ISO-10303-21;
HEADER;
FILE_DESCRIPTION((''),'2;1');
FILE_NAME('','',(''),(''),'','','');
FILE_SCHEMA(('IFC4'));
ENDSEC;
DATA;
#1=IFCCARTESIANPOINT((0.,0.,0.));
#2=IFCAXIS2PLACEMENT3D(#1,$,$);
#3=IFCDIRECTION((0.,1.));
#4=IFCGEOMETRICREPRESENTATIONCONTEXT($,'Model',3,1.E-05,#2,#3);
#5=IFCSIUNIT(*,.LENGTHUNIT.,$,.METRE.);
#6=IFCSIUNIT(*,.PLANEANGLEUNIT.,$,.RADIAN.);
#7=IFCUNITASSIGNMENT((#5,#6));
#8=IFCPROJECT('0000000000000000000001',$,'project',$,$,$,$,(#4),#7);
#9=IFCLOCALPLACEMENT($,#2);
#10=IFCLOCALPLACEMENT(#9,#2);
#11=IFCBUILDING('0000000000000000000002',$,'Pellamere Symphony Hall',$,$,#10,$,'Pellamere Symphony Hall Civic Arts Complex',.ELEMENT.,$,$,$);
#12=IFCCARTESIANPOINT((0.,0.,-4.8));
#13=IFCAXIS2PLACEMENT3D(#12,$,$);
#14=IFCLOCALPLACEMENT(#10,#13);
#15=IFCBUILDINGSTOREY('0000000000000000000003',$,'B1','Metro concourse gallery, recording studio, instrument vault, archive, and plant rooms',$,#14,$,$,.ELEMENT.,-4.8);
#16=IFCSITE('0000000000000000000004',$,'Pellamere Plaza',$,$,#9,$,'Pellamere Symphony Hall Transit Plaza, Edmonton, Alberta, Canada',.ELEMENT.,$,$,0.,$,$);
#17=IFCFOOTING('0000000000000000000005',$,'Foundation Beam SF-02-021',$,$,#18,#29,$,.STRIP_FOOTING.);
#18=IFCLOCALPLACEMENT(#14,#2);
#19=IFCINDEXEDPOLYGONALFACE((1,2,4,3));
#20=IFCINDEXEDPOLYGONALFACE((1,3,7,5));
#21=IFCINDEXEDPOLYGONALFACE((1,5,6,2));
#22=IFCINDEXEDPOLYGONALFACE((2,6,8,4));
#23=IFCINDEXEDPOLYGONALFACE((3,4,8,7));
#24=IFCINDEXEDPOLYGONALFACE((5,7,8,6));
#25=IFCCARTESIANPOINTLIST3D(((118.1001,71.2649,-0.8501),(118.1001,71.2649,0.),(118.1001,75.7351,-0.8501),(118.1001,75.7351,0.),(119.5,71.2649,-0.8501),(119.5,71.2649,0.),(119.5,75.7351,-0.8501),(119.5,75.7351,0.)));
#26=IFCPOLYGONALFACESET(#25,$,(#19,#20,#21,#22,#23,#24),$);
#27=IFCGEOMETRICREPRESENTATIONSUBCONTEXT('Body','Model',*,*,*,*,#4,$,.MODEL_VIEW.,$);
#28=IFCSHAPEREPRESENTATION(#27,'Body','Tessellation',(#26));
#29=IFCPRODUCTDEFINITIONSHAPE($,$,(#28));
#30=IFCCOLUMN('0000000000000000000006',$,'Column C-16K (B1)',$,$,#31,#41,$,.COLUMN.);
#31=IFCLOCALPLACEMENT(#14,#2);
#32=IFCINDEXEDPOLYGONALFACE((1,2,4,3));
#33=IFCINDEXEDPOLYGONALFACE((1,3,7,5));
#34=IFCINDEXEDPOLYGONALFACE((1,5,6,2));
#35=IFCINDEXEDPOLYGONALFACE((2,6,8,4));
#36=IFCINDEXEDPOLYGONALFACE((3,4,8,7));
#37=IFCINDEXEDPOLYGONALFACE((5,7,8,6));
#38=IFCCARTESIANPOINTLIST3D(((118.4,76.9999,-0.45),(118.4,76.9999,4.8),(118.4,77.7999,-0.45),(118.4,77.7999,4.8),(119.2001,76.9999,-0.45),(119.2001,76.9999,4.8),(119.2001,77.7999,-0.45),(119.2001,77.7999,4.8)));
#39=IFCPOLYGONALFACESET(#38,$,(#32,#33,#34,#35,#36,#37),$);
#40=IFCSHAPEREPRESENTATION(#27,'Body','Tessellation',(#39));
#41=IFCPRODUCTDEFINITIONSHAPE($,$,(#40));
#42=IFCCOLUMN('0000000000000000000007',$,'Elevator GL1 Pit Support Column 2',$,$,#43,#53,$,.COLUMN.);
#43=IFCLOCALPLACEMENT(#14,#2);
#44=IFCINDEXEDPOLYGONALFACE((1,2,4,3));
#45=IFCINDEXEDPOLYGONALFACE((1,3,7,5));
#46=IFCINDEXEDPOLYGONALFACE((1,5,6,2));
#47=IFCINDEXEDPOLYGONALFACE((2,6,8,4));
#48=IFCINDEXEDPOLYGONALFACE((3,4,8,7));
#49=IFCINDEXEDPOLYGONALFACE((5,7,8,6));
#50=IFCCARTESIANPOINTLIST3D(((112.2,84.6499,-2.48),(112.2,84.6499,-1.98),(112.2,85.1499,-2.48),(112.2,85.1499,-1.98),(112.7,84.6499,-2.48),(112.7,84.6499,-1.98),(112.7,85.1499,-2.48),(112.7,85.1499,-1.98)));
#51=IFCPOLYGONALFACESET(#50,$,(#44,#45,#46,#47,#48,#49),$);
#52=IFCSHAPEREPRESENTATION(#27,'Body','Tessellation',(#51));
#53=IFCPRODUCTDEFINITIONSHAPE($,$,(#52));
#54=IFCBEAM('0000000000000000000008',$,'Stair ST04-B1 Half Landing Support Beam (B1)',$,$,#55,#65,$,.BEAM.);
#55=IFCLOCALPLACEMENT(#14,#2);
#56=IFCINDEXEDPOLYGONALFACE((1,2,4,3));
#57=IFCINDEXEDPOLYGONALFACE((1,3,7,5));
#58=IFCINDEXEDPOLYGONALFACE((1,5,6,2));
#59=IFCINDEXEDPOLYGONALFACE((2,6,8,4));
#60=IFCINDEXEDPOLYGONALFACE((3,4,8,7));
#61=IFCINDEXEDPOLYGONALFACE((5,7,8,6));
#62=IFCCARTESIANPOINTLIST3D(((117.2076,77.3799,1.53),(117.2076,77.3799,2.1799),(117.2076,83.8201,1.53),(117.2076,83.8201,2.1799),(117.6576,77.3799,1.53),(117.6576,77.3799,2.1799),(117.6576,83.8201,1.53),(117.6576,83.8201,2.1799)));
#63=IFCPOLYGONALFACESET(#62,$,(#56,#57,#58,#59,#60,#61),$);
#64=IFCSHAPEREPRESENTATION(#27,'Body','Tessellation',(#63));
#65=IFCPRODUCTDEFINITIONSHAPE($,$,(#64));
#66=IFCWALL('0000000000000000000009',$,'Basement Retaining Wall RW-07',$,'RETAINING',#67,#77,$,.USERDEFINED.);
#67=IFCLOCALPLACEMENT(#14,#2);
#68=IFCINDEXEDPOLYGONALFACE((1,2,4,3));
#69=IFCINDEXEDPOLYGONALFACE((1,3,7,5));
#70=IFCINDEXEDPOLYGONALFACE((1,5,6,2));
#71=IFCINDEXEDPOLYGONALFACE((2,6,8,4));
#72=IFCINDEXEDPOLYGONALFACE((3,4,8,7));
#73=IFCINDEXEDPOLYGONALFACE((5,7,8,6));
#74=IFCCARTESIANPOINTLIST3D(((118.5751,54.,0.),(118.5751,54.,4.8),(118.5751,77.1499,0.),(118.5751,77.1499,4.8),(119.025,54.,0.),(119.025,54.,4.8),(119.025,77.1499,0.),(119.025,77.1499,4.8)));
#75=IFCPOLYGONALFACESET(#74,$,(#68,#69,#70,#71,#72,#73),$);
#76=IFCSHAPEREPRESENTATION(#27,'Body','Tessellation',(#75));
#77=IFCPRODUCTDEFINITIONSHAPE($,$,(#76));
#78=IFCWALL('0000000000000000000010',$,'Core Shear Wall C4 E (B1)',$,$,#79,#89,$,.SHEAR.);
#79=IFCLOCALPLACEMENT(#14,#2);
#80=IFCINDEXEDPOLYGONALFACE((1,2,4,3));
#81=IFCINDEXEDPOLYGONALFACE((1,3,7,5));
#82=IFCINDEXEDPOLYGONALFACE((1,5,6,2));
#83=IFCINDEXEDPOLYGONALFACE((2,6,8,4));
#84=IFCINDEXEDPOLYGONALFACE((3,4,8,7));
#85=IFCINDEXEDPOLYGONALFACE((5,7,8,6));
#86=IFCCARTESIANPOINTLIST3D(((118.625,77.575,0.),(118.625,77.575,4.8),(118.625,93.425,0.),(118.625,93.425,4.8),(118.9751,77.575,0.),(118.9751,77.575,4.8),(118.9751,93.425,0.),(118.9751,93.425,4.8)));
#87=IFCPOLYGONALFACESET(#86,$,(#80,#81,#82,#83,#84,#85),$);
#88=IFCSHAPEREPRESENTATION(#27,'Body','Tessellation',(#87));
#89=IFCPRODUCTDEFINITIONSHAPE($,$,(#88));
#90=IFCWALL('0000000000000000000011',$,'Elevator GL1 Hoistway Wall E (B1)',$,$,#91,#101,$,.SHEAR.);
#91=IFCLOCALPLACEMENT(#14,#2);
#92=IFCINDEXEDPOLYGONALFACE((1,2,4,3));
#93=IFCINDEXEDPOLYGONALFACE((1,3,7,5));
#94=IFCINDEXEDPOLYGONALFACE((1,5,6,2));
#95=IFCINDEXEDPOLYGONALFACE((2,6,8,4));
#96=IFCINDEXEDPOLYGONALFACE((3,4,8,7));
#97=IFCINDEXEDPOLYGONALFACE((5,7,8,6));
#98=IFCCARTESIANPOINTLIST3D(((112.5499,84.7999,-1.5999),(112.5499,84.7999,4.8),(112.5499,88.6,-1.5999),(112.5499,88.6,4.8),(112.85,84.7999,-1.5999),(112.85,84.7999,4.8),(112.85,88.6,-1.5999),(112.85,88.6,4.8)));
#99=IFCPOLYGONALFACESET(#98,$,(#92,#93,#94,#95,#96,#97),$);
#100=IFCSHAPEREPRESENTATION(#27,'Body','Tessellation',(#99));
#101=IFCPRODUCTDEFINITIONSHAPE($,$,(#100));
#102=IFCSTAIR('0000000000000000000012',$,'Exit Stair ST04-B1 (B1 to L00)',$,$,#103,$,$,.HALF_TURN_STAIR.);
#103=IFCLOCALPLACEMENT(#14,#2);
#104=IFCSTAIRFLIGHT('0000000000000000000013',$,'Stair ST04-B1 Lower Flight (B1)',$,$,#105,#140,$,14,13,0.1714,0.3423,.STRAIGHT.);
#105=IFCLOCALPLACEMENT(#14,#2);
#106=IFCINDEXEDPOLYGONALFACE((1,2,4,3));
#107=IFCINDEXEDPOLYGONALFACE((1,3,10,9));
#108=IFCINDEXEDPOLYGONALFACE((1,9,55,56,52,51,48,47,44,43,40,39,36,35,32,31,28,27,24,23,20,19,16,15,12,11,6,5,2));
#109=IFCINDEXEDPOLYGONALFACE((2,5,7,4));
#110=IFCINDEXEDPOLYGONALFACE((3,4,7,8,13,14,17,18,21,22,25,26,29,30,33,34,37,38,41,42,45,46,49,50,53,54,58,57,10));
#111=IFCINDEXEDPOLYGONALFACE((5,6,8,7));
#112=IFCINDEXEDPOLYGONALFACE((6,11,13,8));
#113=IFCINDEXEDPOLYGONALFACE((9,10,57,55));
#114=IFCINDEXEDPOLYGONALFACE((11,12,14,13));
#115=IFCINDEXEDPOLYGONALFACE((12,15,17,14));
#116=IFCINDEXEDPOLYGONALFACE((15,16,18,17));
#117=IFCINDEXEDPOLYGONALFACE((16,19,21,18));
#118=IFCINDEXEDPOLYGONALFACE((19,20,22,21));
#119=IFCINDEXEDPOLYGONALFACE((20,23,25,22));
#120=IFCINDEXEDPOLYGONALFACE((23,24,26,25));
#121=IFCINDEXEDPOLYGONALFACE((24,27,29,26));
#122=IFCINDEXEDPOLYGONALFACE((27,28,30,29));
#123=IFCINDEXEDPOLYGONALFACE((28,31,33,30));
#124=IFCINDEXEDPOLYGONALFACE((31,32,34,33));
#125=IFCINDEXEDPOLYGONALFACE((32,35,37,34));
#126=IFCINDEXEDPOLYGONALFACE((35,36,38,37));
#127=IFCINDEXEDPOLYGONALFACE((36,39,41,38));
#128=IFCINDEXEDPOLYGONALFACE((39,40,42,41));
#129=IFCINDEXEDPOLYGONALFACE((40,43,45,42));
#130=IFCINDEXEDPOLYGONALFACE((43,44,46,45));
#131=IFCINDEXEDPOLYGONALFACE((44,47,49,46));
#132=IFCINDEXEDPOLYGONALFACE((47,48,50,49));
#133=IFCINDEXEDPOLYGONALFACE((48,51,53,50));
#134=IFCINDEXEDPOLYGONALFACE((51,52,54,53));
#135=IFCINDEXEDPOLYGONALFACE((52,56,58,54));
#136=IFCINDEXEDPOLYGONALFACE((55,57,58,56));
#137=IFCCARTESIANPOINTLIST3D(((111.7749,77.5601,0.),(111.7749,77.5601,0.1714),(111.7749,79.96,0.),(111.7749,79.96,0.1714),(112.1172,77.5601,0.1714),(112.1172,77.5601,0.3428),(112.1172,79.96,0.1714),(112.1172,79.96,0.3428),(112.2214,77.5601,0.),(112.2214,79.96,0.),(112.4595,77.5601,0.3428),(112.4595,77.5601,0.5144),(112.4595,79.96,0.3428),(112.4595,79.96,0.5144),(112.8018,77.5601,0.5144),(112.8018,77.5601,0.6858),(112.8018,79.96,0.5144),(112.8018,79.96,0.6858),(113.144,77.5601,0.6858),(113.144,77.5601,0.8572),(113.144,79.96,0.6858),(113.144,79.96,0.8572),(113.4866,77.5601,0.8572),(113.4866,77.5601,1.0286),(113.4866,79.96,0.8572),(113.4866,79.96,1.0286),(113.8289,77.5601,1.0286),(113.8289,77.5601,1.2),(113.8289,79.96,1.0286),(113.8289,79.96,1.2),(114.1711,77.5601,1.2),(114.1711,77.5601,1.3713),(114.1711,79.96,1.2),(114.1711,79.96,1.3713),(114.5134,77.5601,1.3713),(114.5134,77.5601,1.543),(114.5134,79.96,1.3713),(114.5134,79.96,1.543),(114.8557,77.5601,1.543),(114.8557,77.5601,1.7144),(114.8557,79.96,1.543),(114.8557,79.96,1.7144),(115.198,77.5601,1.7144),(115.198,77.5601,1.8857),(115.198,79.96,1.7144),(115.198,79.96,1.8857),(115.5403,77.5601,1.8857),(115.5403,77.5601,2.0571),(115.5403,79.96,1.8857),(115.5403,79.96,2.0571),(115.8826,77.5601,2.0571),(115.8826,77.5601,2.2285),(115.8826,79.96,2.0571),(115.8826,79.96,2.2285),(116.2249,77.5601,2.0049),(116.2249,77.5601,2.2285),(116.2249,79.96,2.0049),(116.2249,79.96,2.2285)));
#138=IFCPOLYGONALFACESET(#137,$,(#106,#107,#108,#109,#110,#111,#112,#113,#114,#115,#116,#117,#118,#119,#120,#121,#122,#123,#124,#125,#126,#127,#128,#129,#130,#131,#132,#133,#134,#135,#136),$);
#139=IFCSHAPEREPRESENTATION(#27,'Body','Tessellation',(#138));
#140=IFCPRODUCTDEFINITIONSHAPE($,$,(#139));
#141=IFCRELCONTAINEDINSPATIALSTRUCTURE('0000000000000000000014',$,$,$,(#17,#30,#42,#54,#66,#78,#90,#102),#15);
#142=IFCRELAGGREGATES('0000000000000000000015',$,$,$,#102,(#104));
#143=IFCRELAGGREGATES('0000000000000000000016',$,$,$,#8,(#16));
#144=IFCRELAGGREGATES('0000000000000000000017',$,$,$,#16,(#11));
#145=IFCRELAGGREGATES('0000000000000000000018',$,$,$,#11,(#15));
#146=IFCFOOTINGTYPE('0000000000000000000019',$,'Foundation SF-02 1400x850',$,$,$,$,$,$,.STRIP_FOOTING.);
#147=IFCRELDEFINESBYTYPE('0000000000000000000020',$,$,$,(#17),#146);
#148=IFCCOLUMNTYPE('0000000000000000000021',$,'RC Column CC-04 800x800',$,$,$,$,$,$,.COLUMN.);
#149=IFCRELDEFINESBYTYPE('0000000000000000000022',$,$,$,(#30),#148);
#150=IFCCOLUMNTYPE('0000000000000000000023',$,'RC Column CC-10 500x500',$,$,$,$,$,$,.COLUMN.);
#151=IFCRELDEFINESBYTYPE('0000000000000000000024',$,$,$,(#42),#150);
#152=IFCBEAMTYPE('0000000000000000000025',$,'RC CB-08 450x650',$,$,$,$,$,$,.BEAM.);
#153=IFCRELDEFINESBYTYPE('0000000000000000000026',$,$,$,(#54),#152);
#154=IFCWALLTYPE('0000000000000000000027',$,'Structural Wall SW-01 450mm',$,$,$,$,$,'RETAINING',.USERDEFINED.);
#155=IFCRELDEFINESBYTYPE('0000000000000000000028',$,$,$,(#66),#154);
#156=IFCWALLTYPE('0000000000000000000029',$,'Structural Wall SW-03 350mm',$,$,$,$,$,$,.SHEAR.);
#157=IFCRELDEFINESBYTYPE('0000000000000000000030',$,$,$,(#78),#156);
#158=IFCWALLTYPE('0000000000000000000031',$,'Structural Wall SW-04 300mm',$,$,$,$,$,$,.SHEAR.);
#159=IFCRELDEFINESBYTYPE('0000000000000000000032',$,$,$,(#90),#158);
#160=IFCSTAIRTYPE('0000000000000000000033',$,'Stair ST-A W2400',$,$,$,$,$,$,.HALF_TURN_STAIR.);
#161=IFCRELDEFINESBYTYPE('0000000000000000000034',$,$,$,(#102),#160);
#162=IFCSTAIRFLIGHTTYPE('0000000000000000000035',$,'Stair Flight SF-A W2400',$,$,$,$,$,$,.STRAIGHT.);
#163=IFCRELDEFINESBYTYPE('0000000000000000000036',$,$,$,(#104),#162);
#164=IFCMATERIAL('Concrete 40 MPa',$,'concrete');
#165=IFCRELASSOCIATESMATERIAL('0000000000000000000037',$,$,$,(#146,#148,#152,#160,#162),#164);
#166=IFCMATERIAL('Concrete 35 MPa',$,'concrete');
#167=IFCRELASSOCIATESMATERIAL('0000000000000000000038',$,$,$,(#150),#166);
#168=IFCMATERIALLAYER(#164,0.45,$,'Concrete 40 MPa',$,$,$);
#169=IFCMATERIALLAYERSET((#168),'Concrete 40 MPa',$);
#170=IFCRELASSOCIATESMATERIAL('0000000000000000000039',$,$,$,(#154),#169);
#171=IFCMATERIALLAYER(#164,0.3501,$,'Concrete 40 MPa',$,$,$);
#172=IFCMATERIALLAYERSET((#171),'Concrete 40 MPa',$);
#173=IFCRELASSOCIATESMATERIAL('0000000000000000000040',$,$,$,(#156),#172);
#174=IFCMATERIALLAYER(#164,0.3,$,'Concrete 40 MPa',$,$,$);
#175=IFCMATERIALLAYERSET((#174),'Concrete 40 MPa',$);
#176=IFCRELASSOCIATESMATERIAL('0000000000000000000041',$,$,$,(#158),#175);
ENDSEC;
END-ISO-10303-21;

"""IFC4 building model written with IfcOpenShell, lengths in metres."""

from ifc_helpers import new_model, si_unit, direction, frame, frame_2d, origin, origin_2d, place, context, subcontext, project, spatial, polyline, rectangle, outline, extrude, material, layer, layer_set, material_profile, profile_set, type_object, element, aggregate, save


model = new_model("IFC4")

# Units and contexts
model_context = context("Model", 3, precision=1e-05, world=origin(), true_north=direction((0.0, 1.0)))
body_context = subcontext(model_context, "Body", "Model", "MODEL_VIEW")
ifc_project = project(units=[si_unit("LENGTHUNIT", "METRE"), si_unit("PLANEANGLEUNIT", "RADIAN")], contexts=[model_context])

# Site, building, storey
site_placement = place(None, origin())
site = spatial("IfcSite", under=ifc_project, at=site_placement, Name="Pellamere Plaza", LongName="Pellamere Symphony Hall Transit Plaza, Edmonton, Alberta, Canada", CompositionType="ELEMENT", RefElevation=0.0)
building_placement = place(site_placement, origin())
building = spatial("IfcBuilding", under=site, at=building_placement, Name="Pellamere Symphony Hall", LongName="Pellamere Symphony Hall Civic Arts Complex", CompositionType="ELEMENT")
storey_placement = place(building_placement, frame((0.0, 0.0, -4.8)))
storey = spatial("IfcBuildingStorey", under=building, at=storey_placement, Name="B1", Description="Metro concourse gallery, recording studio, instrument vault, archive, and plant rooms", CompositionType="ELEMENT", Elevation=-4.8)

# Shared definitions
ifc_material_1 = material(Name="Concrete 40 MPa", Category="concrete")

# Footing
ifc_material_profile_1 = material_profile(ifc_material_1, rectangle(XDim=1.3999, YDim=0.8501, at=origin_2d()), Name="RC 1400x850")
ifc_profile_set_1 = profile_set([ifc_material_profile_1], Name="Concrete 40 MPa")
footing_type_1 = type_object("IfcFootingType", Name="Foundation SF-02 1400x850", PredefinedType="STRIP_FOOTING", material=ifc_profile_set_1)
footing_1_placement = place(storey_placement, frame((118.8, 75.7351, -0.425), z_axis=(0.0, -1.0, 0.0), x_axis=(1.0, 0.0, 0.0)))
element("IfcFooting", 1, at=footing_1_placement, inside=storey, type_object=footing_type_1, Name="Foundation Beam SF-02-021", PredefinedType="STRIP_FOOTING", context=body_context, shape_type="SweptSolid", body=[
    extrude(rectangle(XDim=1.3999, YDim=0.8501, at=origin_2d()), origin(), (0.0, 0.0, 1.0), 4.4702),
])

# Columns
ifc_material_profile_2 = material_profile(ifc_material_1, rectangle(XDim=0.8, YDim=0.8, at=origin_2d()), Name="RC 800x800")
ifc_profile_set_2 = profile_set([ifc_material_profile_2], Name="Concrete 40 MPa")
column_type_1 = type_object("IfcColumnType", Name="RC Column CC-04 800x800", PredefinedType="COLUMN", material=ifc_profile_set_2)
column_1_placement = place(storey_placement, frame((118.8, 77.3999, -0.45), z_axis=(0.0, 0.0, 1.0), x_axis=(1.0, 0.0, 0.0)))
element("IfcColumn", 2, at=column_1_placement, inside=storey, type_object=column_type_1, Name="Column C-16K (B1)", PredefinedType="COLUMN", context=body_context, shape_type="SweptSolid", body=[
    extrude(rectangle(XDim=0.8, YDim=0.8, at=origin_2d()), origin(), (0.0, 0.0, 1.0), 5.25),
])
ifc_material_2 = material(Name="Concrete 35 MPa", Category="concrete")
ifc_material_profile_3 = material_profile(ifc_material_2, rectangle(XDim=0.5, YDim=0.5, at=origin_2d()), Name="RC 500x500")
ifc_profile_set_3 = profile_set([ifc_material_profile_3], Name="Concrete 35 MPa")
column_type_2 = type_object("IfcColumnType", Name="RC Column CC-10 500x500", PredefinedType="COLUMN", material=ifc_profile_set_3)
column_2_placement = place(storey_placement, frame((112.45, 84.8999, -2.48), z_axis=(0.0, 0.0, 1.0), x_axis=(1.0, 0.0, 0.0)))
element("IfcColumn", 3, at=column_2_placement, inside=storey, type_object=column_type_2, Name="Elevator GL1 Pit Support Column 2", PredefinedType="COLUMN", context=body_context, shape_type="SweptSolid", body=[
    extrude(rectangle(XDim=0.5, YDim=0.5, at=origin_2d()), origin(), (0.0, 0.0, 1.0), 0.5),
])

# Beam
ifc_material_profile_4 = material_profile(ifc_material_1, rectangle(XDim=0.45, YDim=0.6499, at=origin_2d()), Name="RC 450x650")
ifc_profile_set_4 = profile_set([ifc_material_profile_4], Name="Concrete 40 MPa")
beam_type = type_object("IfcBeamType", Name="RC CB-08 450x650", PredefinedType="BEAM", material=ifc_profile_set_4)
beam_placement = place(storey_placement, frame((117.4326, 77.3799, 1.855), z_axis=(0.0, 1.0, 0.0), x_axis=(-1.0, 0.0, 0.0)))
element("IfcBeam", 4, at=beam_placement, inside=storey, type_object=beam_type, Name="Stair ST04-B1 Half Landing Support Beam (B1)", PredefinedType="BEAM", context=body_context, shape_type="SweptSolid", body=[
    extrude(rectangle(XDim=0.45, YDim=0.6499, at=origin_2d()), origin(), (0.0, 0.0, 1.0), 6.4402),
])

# Walls
ifc_layer_1 = layer(ifc_material_1, 0.45, Name="Concrete 40 MPa")
ifc_layer_set_1 = layer_set([ifc_layer_1], Name="Concrete 40 MPa")
wall_type_1 = type_object("IfcWallType", Name="Structural Wall SW-01 450mm", ElementType="RETAINING", PredefinedType="USERDEFINED", material=ifc_layer_set_1)
wall_1_placement = place(storey_placement, frame((118.8, 77.1499, 0.0), z_axis=(0.0, 0.0, 1.0), x_axis=(0.0, -1.0, 0.0)))
element("IfcWall", 5, at=wall_1_placement, inside=storey, type_object=wall_type_1, Name="Basement Retaining Wall RW-07", ObjectType="RETAINING", PredefinedType="USERDEFINED", context=body_context, shape_type="SweptSolid", body=[
    extrude(rectangle(XDim=23.1499, YDim=0.45, at=frame_2d((11.575, 0.0))), origin(), (0.0, 0.0, 1.0), 4.8),
])
ifc_layer_2 = layer(ifc_material_1, 0.3501, Name="Concrete 40 MPa")
ifc_layer_set_2 = layer_set([ifc_layer_2], Name="Concrete 40 MPa")
wall_type_2 = type_object("IfcWallType", Name="Structural Wall SW-03 350mm", PredefinedType="SHEAR", material=ifc_layer_set_2)
wall_2_placement = place(storey_placement, frame((118.8, 77.575, 0.0), z_axis=(0.0, 0.0, 1.0), x_axis=(0.0, 1.0, 0.0)))
element("IfcWall", 6, at=wall_2_placement, inside=storey, type_object=wall_type_2, Name="Core Shear Wall C4 E (B1)", PredefinedType="SHEAR", context=body_context, shape_type="SweptSolid", body=[
    extrude(rectangle(XDim=15.8501, YDim=0.3501, at=frame_2d((7.925, 0.0))), origin(), (0.0, 0.0, 1.0), 4.8),
])
ifc_layer_3 = layer(ifc_material_1, 0.3, Name="Concrete 40 MPa")
ifc_layer_set_3 = layer_set([ifc_layer_3], Name="Concrete 40 MPa")
wall_type_3 = type_object("IfcWallType", Name="Structural Wall SW-04 300mm", PredefinedType="SHEAR", material=ifc_layer_set_3)
wall_3_placement = place(storey_placement, frame((112.7, 84.8, -1.5999), z_axis=(0.0, 0.0, 1.0), x_axis=(0.0, 1.0, 0.0)))
element("IfcWall", 7, at=wall_3_placement, inside=storey, type_object=wall_type_3, Name="Elevator GL1 Hoistway Wall E (B1)", PredefinedType="SHEAR", context=body_context, shape_type="SweptSolid", body=[
    extrude(rectangle(XDim=3.8, YDim=0.3, at=frame_2d((1.8999, 0.0))), origin(), (0.0, 0.0, 1.0), 6.3999),
])

# Stair, stair flight
stair_type = type_object("IfcStairType", Name="Stair ST-A W2400", PredefinedType="HALF_TURN_STAIR", material=ifc_material_1)
stair_placement = place(storey_placement, origin())
stair = element("IfcStair", 8, at=stair_placement, inside=storey, type_object=stair_type, Name="Exit Stair ST04-B1 (B1 to L00)", PredefinedType="HALF_TURN_STAIR")
stair_flight_type = type_object("IfcStairFlightType", Name="Stair Flight SF-A W2400", PredefinedType="STRAIGHT", material=ifc_material_1)
stair_flight_1_placement = place(storey_placement, frame((111.7749, 78.76, 0.0), z_axis=(0.0, 0.0, 1.0), x_axis=(1.0, 0.0, 0.0)))
stair_flight_1 = element("IfcStairFlight", 9, at=stair_flight_1_placement, type_object=stair_flight_type, Name="Stair ST04-B1 Lower Flight (B1)", NumberOfRisers=14, NumberOfTreads=13, PredefinedType="STRAIGHT", RiserHeight=0.1714, TreadLength=0.3423, context=body_context, shape_type="SweptSolid", body=[
    extrude(outline(polyline([(0.0, 0.0), (0.0, 0.1714), (0.3423, 0.1714), (0.3423, 0.3428), (0.6846, 0.3428), (0.6846, 0.5144), (1.0269, 0.5144), (1.0269, 0.6858), (1.3691, 0.6858), (1.3691, 0.8572), (1.7117, 0.8572), (1.7117, 1.0286), (2.054, 1.0286), (2.054, 1.2), (2.3962, 1.2), (2.3962, 1.3713), (2.7385, 1.3713), (2.7385, 1.543), (3.0808, 1.543), (3.0808, 1.7144), (3.4231, 1.7144), (3.4231, 1.8857), (3.7654, 1.8857), (3.7654, 2.0571), (4.1077, 2.0571), (4.1077, 2.2285), (4.45, 2.2285), (4.45, 2.3999), (4.45, 2.0049), (0.4465, 0.0), (0.0, 0.0)])), frame((0.0, 1.2, 0.0), z_axis=(0.0, -1.0, 0.0), x_axis=(1.0, 0.0, 0.0)), (0.0, 0.0, 1.0), 2.3999),
])
aggregate(stair, [stair_flight_1])

save(model, "model.ifc")
